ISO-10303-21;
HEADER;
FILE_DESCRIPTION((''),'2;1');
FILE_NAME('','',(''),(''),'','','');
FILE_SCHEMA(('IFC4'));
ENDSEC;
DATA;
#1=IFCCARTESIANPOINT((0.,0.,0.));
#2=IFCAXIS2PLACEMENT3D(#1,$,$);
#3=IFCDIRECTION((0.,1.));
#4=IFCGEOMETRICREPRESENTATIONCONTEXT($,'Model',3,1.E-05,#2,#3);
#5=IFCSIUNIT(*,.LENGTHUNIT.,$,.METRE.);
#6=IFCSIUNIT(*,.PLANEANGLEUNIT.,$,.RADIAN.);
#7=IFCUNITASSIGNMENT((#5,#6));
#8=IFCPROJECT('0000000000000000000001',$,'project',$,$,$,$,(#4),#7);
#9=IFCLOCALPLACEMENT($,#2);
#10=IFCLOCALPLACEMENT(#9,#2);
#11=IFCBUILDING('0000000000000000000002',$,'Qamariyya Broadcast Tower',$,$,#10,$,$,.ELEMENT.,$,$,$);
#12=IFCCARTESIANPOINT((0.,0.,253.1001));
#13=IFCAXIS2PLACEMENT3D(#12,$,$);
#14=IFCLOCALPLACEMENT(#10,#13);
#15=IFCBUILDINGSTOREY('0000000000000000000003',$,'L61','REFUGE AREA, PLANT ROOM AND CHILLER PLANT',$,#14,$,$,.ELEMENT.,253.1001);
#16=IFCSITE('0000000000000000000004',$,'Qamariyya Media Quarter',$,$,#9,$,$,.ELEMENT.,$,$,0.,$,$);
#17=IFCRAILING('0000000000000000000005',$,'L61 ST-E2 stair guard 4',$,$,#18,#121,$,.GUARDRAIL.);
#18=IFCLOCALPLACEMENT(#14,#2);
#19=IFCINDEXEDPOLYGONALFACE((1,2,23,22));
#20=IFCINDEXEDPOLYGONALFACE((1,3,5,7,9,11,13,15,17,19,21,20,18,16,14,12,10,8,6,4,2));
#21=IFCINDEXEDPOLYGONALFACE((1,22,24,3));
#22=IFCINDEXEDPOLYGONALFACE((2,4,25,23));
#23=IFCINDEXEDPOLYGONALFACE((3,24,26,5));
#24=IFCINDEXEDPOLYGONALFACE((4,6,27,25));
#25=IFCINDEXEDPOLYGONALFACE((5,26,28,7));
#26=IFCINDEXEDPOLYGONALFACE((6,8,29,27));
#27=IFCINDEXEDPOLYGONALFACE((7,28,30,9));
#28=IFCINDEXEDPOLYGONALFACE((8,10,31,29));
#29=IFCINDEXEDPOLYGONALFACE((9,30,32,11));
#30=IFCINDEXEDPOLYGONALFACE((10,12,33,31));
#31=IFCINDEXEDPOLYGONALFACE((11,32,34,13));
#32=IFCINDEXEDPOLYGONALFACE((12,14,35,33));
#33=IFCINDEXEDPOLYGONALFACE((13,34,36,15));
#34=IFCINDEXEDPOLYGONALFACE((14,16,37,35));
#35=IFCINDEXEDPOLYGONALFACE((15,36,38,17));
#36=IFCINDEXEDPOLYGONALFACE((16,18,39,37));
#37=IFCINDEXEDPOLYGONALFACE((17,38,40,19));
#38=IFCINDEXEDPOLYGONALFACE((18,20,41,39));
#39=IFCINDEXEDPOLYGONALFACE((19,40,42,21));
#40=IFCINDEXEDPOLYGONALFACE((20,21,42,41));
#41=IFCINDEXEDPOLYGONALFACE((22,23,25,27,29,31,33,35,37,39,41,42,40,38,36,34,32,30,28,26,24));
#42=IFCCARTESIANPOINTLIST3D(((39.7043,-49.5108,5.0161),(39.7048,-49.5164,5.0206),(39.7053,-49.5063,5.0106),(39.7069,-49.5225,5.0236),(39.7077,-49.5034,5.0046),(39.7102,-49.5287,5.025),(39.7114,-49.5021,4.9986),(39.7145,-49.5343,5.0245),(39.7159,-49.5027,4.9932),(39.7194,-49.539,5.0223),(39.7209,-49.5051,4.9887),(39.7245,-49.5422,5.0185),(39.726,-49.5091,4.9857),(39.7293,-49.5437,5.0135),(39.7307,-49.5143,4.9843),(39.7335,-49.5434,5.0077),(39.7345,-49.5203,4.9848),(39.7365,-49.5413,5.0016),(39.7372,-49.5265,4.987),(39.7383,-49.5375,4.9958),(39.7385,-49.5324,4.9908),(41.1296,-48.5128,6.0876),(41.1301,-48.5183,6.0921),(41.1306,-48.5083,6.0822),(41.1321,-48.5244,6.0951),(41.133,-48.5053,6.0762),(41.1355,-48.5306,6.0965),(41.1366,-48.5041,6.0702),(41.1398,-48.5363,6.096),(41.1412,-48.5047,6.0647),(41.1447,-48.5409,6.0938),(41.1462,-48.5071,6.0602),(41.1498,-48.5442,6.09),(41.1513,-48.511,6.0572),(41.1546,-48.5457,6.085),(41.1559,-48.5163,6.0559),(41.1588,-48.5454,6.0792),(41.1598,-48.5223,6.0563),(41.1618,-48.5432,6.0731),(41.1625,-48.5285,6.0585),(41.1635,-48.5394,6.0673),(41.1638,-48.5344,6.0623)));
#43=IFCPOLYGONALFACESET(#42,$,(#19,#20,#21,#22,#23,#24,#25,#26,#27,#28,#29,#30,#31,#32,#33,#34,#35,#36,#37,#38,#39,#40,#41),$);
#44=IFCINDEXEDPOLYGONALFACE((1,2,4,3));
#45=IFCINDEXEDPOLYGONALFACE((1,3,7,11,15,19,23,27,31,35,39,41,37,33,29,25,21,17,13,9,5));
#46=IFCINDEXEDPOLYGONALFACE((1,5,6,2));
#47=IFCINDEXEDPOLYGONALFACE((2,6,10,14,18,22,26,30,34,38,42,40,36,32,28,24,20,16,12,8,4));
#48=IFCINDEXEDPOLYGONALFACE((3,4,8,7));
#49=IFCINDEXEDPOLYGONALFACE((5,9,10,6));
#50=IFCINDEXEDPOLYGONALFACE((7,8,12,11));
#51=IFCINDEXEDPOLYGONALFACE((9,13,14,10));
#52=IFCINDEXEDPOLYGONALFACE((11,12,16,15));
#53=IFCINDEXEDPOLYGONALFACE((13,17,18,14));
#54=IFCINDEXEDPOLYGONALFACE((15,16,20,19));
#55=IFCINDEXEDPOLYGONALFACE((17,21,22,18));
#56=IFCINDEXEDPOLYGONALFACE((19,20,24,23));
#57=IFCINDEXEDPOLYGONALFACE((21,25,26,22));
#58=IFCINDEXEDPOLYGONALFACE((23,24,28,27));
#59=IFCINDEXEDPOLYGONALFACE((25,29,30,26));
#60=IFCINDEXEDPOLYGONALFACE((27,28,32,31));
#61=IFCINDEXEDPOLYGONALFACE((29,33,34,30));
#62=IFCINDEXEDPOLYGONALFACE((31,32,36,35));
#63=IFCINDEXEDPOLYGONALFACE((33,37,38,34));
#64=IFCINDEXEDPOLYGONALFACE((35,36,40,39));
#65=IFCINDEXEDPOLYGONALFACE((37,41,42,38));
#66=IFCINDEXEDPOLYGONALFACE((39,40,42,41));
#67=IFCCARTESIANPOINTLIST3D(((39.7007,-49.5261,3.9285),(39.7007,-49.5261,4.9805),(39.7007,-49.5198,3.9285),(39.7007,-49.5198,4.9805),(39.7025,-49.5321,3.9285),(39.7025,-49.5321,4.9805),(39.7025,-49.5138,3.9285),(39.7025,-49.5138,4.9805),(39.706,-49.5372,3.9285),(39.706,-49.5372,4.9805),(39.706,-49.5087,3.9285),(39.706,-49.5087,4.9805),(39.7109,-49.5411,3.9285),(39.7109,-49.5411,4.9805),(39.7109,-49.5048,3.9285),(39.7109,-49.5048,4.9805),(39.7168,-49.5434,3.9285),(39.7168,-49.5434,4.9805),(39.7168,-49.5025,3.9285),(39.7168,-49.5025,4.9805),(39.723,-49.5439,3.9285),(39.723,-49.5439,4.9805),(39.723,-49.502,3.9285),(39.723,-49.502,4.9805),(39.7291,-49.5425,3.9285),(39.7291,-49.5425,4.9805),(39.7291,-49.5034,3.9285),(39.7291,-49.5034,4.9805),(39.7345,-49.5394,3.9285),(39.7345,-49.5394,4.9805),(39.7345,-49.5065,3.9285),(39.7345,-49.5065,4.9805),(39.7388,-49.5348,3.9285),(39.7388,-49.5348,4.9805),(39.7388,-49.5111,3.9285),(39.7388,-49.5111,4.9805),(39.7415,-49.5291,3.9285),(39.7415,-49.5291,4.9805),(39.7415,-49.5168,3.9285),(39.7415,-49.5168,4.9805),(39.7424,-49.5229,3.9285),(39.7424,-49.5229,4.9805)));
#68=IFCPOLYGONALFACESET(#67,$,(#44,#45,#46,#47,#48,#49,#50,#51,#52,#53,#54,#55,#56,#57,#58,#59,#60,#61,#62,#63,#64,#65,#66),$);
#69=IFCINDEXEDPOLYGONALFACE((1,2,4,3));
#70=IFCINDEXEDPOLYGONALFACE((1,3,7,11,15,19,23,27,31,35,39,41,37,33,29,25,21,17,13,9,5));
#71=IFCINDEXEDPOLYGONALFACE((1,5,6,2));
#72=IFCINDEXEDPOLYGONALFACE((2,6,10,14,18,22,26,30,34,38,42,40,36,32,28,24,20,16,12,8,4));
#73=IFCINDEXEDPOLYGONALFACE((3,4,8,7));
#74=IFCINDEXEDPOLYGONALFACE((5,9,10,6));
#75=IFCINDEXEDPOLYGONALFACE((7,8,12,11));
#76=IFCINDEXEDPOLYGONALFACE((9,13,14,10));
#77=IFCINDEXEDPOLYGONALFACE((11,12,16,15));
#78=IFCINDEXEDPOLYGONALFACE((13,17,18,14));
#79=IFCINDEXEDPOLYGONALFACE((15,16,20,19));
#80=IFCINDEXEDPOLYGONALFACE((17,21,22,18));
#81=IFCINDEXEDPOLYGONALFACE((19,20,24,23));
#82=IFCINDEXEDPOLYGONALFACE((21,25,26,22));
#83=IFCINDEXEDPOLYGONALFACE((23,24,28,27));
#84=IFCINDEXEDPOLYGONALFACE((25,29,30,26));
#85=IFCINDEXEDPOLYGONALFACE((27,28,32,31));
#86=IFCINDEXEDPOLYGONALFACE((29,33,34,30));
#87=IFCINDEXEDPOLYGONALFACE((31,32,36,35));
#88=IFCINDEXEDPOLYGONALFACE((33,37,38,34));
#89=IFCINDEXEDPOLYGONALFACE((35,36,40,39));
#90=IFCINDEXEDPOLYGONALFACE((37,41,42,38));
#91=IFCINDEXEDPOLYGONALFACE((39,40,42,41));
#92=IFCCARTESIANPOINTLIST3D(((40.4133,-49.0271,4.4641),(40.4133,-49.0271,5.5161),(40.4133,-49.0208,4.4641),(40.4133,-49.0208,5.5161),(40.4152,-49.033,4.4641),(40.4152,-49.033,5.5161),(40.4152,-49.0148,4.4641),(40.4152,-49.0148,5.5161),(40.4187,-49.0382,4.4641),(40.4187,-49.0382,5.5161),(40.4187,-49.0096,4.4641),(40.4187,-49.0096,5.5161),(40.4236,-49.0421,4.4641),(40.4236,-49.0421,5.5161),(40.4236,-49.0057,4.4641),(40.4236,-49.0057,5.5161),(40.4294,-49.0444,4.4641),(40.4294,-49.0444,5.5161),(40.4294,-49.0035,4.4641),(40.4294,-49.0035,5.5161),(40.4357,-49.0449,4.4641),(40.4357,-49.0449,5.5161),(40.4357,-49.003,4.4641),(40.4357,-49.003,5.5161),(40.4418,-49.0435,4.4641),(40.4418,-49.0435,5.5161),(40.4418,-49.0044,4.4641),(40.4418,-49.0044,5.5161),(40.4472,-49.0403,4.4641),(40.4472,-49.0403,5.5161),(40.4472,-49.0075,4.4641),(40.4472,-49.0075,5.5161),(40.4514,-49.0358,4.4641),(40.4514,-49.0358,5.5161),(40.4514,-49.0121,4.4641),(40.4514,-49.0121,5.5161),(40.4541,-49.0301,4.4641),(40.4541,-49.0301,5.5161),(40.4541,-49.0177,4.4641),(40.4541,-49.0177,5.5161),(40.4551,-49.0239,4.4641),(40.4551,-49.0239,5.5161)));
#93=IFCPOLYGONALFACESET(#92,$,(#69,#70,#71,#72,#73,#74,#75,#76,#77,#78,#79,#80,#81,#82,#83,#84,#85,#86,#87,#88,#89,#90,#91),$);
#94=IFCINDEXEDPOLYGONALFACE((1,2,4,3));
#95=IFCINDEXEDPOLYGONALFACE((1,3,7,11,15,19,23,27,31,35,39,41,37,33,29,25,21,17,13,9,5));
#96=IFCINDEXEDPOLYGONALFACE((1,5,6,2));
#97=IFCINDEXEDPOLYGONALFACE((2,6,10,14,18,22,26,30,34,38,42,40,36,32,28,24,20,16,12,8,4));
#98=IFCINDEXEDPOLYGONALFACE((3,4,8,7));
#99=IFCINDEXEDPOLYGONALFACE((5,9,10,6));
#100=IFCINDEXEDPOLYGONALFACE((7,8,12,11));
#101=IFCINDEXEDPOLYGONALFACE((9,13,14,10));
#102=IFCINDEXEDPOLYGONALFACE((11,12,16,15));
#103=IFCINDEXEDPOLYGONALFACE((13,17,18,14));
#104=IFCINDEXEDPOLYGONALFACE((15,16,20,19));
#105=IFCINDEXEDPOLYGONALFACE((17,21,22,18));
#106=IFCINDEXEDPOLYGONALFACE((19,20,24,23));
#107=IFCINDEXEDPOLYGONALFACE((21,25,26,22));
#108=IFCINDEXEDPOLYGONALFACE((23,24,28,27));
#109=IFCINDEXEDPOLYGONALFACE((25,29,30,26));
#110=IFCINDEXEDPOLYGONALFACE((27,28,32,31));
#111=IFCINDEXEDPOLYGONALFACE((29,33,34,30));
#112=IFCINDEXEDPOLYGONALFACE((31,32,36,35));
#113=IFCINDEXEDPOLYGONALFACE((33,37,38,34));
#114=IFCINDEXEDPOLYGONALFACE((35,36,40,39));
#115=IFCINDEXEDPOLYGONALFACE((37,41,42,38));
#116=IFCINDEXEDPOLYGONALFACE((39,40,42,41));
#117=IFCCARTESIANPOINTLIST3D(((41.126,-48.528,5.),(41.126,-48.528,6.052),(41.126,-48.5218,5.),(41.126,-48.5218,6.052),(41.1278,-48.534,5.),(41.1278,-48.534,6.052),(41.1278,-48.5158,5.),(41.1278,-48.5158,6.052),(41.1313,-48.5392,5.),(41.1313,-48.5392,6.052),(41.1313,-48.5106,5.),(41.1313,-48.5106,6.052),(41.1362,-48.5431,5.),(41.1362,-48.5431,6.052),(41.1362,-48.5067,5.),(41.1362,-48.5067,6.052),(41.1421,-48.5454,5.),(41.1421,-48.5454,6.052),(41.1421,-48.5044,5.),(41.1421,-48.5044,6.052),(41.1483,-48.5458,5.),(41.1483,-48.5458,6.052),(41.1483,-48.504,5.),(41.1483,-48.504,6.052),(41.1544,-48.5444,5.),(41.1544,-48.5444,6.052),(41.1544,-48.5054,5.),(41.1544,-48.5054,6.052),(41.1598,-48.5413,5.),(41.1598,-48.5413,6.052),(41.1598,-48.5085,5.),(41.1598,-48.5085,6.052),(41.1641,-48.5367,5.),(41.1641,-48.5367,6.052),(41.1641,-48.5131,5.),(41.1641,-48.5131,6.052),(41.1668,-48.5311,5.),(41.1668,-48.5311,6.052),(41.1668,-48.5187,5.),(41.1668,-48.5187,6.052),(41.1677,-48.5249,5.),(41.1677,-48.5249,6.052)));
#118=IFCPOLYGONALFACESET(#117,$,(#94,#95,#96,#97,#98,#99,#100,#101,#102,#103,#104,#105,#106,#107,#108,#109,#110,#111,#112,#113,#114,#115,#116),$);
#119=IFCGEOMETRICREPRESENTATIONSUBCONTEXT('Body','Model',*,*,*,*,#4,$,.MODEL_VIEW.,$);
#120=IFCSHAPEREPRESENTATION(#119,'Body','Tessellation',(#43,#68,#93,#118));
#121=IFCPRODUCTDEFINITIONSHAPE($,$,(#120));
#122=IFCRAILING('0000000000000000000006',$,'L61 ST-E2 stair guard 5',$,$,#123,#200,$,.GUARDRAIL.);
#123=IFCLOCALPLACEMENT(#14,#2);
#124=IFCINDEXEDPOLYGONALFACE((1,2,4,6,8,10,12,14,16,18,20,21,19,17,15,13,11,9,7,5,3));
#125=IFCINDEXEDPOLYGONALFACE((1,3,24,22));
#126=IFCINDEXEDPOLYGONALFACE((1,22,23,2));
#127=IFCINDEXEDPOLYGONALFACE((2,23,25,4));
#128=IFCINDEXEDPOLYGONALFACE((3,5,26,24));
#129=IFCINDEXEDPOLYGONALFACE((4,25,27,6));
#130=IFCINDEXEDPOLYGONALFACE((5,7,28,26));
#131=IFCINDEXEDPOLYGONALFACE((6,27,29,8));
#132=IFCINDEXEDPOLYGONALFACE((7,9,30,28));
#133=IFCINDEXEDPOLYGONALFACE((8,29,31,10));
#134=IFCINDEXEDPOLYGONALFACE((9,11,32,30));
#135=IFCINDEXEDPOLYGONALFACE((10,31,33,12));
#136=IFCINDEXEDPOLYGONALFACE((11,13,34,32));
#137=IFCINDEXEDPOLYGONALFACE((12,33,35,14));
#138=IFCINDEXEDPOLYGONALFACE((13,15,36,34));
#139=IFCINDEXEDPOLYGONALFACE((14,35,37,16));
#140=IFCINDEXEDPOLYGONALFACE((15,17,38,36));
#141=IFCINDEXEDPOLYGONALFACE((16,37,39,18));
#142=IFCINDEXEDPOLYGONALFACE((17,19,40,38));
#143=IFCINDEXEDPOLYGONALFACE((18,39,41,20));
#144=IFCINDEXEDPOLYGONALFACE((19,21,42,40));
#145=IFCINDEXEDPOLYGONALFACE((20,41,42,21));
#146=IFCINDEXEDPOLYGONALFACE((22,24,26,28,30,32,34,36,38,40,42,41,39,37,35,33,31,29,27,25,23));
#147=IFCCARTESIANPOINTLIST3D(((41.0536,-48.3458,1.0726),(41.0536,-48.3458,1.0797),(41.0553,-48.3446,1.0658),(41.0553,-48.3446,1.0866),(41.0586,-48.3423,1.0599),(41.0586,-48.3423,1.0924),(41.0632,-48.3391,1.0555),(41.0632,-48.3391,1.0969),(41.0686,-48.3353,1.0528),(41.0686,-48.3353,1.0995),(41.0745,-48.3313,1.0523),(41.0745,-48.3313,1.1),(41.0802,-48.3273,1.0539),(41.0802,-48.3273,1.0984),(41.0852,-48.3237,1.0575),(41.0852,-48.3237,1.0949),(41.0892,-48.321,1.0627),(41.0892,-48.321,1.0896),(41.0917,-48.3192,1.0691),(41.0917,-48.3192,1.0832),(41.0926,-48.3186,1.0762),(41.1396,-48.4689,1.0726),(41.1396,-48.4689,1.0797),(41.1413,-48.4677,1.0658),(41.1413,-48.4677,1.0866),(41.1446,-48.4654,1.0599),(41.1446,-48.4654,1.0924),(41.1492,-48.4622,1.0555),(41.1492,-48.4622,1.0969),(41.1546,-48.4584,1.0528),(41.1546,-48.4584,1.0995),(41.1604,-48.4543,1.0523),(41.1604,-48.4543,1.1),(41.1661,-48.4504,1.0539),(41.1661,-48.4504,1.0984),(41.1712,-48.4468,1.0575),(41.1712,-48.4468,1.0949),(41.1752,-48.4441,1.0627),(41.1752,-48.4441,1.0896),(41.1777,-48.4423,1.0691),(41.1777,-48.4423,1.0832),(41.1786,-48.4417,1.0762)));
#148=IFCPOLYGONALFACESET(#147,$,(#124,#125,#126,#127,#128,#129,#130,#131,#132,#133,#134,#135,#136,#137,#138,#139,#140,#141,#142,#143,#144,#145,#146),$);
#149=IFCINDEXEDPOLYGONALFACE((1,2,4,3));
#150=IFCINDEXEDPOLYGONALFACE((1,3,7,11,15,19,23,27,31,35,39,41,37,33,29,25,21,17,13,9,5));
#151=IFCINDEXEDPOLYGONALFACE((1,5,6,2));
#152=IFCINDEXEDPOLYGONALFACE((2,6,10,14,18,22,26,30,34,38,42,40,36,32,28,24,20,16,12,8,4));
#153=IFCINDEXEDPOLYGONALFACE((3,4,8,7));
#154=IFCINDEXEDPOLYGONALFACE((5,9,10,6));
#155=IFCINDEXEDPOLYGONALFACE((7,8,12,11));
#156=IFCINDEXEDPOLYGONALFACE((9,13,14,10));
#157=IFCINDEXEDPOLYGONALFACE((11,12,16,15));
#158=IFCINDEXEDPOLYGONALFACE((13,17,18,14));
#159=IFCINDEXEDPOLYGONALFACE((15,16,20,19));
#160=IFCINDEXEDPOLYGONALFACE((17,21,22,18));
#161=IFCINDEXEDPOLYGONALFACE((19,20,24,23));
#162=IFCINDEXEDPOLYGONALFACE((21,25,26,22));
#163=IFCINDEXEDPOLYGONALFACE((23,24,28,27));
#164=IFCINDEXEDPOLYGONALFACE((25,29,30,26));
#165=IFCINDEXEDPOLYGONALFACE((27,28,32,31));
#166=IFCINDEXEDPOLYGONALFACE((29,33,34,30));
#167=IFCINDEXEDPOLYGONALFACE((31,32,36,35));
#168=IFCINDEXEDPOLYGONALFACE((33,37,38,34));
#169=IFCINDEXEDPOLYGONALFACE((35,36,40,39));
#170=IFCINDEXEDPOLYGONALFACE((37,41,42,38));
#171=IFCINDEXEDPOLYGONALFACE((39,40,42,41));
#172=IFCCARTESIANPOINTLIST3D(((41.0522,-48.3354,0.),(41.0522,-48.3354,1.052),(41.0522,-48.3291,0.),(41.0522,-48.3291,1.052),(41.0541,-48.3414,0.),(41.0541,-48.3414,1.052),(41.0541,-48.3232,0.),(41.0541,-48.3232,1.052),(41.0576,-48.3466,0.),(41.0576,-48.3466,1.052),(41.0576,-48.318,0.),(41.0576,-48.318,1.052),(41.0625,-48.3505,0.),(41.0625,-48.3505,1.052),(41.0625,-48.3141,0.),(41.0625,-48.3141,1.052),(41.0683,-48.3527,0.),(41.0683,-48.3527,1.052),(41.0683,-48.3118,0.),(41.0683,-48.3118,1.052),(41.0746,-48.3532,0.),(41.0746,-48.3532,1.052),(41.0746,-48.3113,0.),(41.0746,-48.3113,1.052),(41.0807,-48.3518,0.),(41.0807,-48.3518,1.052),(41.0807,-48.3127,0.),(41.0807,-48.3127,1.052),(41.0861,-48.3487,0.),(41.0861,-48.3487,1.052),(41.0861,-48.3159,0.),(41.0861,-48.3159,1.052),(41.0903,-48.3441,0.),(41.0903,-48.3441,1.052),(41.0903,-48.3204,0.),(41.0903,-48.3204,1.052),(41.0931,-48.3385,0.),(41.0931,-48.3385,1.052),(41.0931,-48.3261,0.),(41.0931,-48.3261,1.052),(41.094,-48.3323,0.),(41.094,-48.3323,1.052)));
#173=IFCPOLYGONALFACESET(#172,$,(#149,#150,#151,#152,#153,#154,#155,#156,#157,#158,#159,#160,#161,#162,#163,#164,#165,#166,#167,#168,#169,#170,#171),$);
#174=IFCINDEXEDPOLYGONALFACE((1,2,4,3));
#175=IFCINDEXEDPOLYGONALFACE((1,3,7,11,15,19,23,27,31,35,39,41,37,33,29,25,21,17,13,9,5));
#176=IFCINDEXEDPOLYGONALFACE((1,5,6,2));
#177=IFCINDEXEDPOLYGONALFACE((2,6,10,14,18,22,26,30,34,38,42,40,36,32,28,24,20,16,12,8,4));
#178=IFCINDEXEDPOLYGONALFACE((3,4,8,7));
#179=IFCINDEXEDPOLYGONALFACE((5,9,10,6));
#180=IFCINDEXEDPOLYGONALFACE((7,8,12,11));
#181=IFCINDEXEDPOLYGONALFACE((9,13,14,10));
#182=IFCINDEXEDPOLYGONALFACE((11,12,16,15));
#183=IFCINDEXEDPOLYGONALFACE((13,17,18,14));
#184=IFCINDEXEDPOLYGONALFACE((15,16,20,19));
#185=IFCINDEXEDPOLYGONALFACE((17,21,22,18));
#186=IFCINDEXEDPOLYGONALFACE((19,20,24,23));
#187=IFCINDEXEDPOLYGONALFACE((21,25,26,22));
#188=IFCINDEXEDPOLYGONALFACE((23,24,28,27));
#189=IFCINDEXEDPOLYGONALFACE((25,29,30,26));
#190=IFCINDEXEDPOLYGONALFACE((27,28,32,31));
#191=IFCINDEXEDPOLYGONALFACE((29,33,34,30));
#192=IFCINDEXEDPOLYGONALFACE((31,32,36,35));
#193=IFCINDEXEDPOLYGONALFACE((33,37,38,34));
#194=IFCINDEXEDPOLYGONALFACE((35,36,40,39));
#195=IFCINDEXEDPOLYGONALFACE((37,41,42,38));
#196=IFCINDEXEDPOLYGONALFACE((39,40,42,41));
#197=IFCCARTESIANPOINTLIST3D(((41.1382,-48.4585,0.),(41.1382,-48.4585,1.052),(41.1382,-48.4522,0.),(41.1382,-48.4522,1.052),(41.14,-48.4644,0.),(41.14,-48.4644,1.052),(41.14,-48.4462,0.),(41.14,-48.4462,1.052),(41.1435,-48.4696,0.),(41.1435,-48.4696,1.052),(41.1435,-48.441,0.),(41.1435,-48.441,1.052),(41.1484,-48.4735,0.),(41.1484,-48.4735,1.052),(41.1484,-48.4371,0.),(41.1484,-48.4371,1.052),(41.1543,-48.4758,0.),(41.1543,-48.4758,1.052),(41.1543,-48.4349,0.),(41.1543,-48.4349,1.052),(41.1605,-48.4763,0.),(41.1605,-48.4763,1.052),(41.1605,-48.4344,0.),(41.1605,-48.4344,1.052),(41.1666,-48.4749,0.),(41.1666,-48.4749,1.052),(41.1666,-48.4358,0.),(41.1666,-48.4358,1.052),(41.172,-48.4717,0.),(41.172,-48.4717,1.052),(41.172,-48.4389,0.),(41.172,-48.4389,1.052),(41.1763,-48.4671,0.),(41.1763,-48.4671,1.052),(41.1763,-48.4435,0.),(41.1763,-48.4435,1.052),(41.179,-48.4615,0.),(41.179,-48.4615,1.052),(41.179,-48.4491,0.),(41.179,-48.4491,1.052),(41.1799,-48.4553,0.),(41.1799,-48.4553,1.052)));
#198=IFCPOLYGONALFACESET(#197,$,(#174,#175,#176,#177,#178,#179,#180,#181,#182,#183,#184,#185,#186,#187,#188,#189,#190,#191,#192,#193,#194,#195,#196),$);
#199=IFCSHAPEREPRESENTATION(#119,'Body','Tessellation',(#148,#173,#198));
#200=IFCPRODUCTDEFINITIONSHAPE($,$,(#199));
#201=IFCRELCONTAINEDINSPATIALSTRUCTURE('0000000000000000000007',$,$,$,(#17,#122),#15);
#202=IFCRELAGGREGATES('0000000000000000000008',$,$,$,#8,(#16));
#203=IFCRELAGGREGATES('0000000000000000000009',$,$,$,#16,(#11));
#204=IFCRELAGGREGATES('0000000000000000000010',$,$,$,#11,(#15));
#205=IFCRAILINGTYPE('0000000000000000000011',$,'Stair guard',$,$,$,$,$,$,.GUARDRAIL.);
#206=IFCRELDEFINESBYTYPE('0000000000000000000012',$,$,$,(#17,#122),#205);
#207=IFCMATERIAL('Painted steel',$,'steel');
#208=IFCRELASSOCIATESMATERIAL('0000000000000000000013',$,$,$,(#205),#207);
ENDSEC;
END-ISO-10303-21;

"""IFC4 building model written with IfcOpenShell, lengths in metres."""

from ifc_helpers import new_model, si_unit, direction, frame, origin, origin_2d, place, context, subcontext, project, spatial, circle, extrude, material, type_object, element, save


model = new_model("IFC4")

# Units and contexts
model_context = context("Model", 3, precision=1e-05, world=origin(), true_north=direction((0.0, 1.0)))
body_context = subcontext(model_context, "Body", "Model", "MODEL_VIEW")
ifc_project = project(units=[si_unit("LENGTHUNIT", "METRE"), si_unit("PLANEANGLEUNIT", "RADIAN")], contexts=[model_context])

# Site, building, storey
site_placement = place(None, origin())
site = spatial("IfcSite", under=ifc_project, at=site_placement, Name="Qamariyya Media Quarter", CompositionType="ELEMENT", RefElevation=0.0)
building_placement = place(site_placement, origin())
building = spatial("IfcBuilding", under=site, at=building_placement, Name="Qamariyya Broadcast Tower", CompositionType="ELEMENT")
storey_placement = place(building_placement, frame((0.0, 0.0, 253.1001)))
storey = spatial("IfcBuildingStorey", under=building, at=storey_placement, Name="L61", Description="REFUGE AREA, PLANT ROOM AND CHILLER PLANT", CompositionType="ELEMENT", Elevation=253.1001)

# Railings
ifc_material_1 = material(Name="Painted steel", Category="steel")
railing_type_1 = type_object("IfcRailingType", Name="Stair guard", PredefinedType="GUARDRAIL", material=ifc_material_1)
railing_1_placement = place(storey_placement, frame((39.7214, -49.5229, 3.9285)))
element("IfcRailing", 1, at=railing_1_placement, inside=storey, type_object=railing_type_1, Name="L61 ST-E2 stair guard 4", PredefinedType="GUARDRAIL", context=body_context, shape_type="SweptSolid", body=[
    extrude(circle(Radius=0.0239, at=origin_2d()), frame((0.0, 0.0, 1.0762), z_axis=(0.697489, 0.48841, 0.524371), x_axis=(-0.573594, 0.81914, 0.0)), (0.0, 0.0, 1.0), 2.0435),
    extrude(circle(Radius=0.021, at=origin_2d()), origin(), (0.0, 0.0, 1.0), 1.052),
    extrude(circle(Radius=0.021, at=origin_2d()), frame((0.7126, 0.499, 0.5356)), (0.0, 0.0, 1.0), 1.052),
    extrude(circle(Radius=0.021, at=origin_2d()), frame((1.4253, 0.998, 1.0715)), (0.0, 0.0, 1.0), 1.052),
])
railing_2_placement = place(storey_placement, frame((41.073, -48.3323, 0.0)))
element("IfcRailing", 2, at=railing_2_placement, inside=storey, type_object=railing_type_1, Name="L61 ST-E2 stair guard 5", PredefinedType="GUARDRAIL", context=body_context, shape_type="SweptSolid", body=[
    extrude(circle(Radius=0.0239, at=origin_2d()), frame((0.0, 0.0, 1.0762), z_axis=(0.572589, -0.819843, 0.0), x_axis=(0.819843, 0.572589, 0.0)), (0.0, 0.0, 1.0), 0.1501),
    extrude(circle(Radius=0.021, at=origin_2d()), origin(), (0.0, 0.0, 1.0), 1.052),
    extrude(circle(Radius=0.021, at=origin_2d()), frame((0.0859, -0.123, 0.0)), (0.0, 0.0, 1.0), 1.052),
])

save(model, "model.ifc")
